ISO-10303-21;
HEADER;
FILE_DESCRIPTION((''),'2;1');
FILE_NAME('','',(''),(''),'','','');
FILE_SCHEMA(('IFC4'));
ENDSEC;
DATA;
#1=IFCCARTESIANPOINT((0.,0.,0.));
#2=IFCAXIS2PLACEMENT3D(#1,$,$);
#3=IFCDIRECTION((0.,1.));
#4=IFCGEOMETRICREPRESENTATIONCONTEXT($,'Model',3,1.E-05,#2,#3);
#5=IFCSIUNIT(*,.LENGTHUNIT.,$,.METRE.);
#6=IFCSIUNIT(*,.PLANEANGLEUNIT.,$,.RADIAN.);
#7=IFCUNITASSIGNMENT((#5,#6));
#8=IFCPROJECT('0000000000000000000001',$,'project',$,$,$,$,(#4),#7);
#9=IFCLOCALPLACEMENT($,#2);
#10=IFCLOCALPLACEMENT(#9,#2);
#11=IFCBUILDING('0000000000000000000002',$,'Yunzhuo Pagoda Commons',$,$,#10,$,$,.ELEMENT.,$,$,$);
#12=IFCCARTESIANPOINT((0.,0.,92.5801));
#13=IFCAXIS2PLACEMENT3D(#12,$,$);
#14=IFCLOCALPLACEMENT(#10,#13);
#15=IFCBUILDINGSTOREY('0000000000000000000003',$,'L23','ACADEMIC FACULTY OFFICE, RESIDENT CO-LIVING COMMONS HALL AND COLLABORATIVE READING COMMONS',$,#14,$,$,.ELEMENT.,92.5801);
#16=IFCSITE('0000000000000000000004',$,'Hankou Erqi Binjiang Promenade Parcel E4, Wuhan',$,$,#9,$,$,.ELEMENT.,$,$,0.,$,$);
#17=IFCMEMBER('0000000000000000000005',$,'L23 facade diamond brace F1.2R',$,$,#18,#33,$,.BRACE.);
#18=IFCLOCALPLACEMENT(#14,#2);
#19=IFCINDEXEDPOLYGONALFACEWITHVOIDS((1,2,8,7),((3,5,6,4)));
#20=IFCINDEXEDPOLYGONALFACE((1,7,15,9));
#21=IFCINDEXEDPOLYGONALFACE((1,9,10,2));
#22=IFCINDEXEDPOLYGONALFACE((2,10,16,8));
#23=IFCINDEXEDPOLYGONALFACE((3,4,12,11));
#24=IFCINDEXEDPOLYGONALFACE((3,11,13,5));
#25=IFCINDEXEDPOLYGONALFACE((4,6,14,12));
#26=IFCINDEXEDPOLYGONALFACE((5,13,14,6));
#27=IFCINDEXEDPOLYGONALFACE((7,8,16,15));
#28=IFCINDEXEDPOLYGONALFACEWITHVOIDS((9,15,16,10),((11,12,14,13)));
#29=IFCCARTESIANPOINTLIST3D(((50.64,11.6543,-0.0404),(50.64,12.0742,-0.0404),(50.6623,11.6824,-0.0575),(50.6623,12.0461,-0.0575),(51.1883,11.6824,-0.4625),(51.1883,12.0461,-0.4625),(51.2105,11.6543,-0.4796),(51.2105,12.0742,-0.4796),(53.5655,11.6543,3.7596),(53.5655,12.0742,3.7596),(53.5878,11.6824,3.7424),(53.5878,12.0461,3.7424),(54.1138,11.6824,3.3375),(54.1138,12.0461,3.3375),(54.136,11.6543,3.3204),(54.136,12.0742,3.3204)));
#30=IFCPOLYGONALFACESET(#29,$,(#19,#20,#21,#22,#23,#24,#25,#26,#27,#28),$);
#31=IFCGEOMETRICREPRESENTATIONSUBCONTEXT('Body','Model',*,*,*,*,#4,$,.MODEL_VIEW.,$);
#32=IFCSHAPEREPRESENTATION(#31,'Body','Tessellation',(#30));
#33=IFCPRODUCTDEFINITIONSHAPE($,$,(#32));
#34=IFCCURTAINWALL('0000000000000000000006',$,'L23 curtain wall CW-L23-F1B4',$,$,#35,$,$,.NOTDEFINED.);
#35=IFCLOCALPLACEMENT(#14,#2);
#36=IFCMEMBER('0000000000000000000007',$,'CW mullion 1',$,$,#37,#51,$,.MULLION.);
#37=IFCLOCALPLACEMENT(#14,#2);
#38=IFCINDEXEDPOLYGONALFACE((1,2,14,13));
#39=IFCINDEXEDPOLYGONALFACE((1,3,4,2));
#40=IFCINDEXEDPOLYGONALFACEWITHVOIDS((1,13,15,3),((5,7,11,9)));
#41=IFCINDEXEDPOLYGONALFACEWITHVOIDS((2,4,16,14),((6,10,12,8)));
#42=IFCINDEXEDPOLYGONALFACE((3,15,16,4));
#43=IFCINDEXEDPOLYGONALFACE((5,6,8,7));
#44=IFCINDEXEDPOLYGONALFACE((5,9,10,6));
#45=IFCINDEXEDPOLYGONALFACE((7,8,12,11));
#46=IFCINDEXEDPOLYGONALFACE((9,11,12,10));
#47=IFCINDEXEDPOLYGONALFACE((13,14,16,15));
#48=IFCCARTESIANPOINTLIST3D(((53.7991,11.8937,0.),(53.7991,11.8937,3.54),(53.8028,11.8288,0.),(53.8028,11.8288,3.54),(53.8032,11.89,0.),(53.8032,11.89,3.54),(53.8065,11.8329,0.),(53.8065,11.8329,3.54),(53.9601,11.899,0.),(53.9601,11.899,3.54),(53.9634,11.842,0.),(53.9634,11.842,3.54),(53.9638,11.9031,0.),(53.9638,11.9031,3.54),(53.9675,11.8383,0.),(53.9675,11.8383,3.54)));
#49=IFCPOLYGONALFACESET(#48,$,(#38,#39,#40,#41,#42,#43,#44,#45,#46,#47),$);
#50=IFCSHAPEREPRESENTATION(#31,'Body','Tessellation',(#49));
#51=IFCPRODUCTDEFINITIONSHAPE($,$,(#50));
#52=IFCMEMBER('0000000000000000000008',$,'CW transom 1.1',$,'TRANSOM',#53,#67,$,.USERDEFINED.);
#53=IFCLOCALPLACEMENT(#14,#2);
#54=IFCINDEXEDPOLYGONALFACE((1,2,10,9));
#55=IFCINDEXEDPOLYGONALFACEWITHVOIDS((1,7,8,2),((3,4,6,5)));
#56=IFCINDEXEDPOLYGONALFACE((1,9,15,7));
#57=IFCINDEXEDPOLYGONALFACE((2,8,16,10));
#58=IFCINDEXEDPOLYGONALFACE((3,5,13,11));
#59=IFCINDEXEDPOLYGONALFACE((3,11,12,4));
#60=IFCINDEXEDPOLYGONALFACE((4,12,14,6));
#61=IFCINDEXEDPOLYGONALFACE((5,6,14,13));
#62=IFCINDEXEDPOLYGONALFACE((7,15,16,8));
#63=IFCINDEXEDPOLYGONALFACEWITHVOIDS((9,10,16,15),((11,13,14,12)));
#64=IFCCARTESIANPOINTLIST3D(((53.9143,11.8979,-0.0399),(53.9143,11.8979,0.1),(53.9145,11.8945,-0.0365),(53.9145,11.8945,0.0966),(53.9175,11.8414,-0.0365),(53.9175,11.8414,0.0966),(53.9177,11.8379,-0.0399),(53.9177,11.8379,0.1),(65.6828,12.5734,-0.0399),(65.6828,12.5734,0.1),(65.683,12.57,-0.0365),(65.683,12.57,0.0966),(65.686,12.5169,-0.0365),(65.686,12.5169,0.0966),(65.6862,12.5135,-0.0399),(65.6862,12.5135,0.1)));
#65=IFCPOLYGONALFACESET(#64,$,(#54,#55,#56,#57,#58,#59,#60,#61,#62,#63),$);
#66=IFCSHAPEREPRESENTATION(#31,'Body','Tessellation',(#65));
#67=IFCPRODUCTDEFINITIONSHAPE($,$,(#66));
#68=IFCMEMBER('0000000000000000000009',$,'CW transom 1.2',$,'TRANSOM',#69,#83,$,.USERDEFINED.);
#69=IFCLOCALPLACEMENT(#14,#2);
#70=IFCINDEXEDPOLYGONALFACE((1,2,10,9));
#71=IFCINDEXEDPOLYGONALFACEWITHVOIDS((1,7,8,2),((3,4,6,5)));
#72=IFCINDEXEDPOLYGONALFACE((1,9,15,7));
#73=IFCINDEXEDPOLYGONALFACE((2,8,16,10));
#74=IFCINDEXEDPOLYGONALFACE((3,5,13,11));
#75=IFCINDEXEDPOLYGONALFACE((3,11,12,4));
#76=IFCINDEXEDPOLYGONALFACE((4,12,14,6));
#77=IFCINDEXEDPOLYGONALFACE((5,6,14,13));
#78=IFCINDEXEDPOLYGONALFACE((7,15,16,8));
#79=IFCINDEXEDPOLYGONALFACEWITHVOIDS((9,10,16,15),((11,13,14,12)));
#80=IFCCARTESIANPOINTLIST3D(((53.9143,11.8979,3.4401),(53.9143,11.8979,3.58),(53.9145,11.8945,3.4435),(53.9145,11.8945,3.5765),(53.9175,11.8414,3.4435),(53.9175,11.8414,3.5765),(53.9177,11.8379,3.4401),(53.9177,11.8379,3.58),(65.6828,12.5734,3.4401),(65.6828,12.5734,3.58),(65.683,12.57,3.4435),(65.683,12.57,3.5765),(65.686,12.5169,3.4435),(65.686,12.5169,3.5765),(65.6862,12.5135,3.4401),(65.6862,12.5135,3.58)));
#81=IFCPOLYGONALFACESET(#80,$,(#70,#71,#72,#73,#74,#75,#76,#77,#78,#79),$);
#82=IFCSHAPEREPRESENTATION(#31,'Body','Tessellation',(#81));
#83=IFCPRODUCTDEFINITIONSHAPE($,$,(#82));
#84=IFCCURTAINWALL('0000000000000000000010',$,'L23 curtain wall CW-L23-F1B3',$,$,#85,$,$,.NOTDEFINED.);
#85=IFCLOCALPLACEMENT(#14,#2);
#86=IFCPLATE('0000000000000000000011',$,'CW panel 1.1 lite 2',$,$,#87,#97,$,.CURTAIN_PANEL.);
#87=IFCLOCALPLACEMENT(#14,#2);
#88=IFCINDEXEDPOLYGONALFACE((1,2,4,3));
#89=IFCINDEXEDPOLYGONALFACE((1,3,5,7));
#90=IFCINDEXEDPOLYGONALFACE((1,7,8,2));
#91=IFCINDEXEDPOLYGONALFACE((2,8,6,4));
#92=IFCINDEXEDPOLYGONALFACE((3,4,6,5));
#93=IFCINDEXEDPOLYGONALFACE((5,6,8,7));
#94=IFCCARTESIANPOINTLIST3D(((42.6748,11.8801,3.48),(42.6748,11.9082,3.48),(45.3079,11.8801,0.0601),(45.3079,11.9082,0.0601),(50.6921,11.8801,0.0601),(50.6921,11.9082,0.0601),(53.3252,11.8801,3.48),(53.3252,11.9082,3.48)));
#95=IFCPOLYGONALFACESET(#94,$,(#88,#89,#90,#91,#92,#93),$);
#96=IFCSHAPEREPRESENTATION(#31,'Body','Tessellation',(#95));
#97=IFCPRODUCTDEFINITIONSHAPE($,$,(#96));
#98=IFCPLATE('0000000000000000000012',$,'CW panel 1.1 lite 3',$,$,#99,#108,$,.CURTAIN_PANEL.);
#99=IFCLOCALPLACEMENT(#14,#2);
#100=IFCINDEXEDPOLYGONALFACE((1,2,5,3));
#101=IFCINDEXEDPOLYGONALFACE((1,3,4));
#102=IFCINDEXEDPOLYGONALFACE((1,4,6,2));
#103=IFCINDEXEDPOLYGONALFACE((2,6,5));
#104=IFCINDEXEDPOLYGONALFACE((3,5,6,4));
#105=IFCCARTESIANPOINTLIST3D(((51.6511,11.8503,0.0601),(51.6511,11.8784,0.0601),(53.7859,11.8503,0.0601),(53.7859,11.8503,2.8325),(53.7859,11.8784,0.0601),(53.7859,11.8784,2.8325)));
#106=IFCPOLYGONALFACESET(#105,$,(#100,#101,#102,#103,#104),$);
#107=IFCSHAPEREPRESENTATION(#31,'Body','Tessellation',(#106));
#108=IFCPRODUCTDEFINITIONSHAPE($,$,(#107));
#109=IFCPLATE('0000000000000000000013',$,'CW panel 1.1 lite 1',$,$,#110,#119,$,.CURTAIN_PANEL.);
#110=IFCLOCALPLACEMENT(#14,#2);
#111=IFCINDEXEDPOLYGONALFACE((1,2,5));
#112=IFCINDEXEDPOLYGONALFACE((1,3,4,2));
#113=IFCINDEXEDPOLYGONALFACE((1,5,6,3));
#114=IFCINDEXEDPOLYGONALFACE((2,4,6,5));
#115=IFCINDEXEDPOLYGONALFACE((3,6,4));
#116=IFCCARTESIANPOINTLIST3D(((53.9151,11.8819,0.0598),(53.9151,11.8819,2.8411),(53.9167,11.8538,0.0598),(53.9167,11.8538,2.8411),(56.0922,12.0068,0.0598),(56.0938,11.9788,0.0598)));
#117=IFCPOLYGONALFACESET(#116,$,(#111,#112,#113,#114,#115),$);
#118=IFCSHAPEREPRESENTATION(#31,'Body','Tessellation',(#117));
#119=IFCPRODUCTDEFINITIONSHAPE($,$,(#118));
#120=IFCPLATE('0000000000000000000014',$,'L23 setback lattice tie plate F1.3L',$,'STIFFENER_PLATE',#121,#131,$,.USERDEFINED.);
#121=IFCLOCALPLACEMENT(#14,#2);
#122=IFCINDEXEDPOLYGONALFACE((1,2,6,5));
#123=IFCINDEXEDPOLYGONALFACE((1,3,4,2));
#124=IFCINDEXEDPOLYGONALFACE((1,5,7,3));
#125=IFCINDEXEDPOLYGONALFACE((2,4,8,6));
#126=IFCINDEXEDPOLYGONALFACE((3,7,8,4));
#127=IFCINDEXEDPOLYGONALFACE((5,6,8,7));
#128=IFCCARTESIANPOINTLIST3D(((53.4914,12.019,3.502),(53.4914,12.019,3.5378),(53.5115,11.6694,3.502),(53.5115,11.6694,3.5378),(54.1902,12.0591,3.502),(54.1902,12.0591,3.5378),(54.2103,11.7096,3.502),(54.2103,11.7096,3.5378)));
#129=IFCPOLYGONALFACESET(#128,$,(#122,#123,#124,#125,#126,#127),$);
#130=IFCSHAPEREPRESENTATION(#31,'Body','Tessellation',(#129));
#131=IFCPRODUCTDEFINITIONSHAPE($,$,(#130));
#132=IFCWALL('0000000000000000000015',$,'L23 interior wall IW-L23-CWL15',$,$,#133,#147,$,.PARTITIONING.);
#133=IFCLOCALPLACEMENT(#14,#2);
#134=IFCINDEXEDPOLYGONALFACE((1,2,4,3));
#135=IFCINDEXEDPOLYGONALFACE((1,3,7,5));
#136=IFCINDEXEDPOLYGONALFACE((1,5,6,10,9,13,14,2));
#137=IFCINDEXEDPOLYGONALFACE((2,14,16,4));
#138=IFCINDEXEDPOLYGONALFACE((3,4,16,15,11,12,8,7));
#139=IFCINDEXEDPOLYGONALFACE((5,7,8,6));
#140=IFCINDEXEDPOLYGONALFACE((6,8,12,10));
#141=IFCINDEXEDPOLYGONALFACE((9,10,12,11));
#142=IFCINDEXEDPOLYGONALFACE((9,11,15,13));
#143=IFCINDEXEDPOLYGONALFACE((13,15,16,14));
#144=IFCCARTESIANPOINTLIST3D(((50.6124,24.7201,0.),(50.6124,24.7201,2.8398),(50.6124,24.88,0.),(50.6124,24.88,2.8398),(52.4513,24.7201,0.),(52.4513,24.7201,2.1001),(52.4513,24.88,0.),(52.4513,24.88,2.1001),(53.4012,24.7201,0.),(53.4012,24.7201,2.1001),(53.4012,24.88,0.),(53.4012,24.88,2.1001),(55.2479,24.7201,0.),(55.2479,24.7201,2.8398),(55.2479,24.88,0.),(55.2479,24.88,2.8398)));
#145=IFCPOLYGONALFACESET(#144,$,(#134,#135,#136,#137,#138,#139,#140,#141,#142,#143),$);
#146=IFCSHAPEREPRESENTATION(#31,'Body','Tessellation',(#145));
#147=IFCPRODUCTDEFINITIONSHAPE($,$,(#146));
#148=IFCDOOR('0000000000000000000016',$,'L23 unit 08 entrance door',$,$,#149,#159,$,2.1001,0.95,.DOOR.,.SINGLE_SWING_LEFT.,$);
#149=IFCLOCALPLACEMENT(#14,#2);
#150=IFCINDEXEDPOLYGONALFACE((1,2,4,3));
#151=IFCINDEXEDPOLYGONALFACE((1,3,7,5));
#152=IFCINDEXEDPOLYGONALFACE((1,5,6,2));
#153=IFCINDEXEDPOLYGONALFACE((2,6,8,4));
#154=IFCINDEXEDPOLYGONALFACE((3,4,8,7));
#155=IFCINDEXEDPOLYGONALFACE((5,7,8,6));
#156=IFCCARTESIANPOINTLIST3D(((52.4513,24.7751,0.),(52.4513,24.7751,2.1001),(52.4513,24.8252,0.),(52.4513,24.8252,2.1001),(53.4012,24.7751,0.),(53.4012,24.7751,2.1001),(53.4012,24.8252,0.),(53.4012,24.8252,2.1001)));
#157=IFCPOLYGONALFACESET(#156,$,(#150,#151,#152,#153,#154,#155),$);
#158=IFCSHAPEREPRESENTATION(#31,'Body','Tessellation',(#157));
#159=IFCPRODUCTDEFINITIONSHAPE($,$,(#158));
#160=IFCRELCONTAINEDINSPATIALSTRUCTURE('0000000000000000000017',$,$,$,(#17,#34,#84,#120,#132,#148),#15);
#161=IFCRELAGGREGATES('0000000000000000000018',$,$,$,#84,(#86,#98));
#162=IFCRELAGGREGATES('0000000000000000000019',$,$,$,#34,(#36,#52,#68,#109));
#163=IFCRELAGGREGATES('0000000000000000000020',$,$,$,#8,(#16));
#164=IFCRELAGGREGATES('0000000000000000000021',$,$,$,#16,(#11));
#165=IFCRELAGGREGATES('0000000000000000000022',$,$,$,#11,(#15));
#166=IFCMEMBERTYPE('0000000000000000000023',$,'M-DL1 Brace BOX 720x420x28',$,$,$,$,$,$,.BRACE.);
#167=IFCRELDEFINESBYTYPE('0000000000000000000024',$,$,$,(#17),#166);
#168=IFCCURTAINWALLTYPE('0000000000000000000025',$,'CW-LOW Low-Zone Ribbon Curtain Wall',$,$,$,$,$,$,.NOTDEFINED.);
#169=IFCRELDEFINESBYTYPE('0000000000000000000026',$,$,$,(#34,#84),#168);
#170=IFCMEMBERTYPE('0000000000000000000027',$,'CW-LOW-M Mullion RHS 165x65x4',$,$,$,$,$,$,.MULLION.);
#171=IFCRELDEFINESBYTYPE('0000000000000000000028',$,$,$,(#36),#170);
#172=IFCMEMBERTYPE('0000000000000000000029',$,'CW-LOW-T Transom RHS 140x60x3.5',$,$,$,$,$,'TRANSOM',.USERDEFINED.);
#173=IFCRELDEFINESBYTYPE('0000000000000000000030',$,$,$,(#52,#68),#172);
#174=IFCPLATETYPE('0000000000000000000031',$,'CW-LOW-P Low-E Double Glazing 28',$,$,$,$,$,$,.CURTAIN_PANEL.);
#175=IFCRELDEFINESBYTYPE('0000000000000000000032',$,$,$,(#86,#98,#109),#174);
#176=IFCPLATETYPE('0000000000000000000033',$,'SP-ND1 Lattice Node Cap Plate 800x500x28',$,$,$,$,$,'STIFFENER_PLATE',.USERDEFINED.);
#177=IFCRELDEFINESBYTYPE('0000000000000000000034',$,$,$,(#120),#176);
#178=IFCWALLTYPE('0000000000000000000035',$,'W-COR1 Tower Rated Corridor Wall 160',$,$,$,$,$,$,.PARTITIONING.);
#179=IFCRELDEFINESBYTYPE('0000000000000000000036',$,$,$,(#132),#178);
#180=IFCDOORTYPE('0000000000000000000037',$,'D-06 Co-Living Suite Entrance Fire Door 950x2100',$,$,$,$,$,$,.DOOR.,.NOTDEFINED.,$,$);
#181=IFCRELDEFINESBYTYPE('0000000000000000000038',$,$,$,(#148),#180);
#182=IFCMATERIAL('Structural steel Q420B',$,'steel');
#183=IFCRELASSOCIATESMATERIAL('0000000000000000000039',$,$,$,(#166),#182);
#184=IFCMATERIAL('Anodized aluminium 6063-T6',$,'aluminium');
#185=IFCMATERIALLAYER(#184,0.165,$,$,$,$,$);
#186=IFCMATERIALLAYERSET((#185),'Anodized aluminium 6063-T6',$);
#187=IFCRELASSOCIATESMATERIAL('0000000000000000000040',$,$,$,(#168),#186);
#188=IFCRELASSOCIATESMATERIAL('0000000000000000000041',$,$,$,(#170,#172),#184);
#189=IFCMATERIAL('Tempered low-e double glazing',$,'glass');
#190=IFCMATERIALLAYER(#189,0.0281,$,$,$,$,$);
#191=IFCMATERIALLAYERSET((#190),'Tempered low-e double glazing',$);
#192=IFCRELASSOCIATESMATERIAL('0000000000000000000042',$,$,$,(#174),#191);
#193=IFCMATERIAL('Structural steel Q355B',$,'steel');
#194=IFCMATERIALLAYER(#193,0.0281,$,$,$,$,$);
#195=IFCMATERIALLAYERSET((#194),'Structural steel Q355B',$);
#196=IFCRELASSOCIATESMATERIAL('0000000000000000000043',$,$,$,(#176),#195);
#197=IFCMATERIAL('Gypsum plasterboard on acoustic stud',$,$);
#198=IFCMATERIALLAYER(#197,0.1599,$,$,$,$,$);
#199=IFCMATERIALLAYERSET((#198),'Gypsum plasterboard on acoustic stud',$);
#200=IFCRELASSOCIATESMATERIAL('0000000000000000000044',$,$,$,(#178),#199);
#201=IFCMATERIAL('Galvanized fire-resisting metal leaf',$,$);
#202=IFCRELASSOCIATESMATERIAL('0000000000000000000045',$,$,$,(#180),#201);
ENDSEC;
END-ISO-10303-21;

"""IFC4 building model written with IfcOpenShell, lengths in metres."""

from ifc_helpers import new_model, si_unit, direction, frame, frame_2d, origin, origin_with_axes, origin_2d, place, context, subcontext, project, spatial, polyline, rectangle, hollow_rectangle, outline, extrude, source, transform, mapped, material, layer, layer_set, material_profile, profile_set, type_object, element, fill, aggregate, save


model = new_model("IFC4")

# Units and contexts
model_context = context("Model", 3, precision=1e-05, world=origin(), true_north=direction((0.0, 1.0)))
body_context = subcontext(model_context, "Body", "Model", "MODEL_VIEW")
ifc_project = project(units=[si_unit("LENGTHUNIT", "METRE"), si_unit("PLANEANGLEUNIT", "RADIAN")], contexts=[model_context])

# Site, building, storey
site_placement = place(None, origin())
site = spatial("IfcSite", under=ifc_project, at=site_placement, Name="Hankou Erqi Binjiang Promenade Parcel E4, Wuhan", CompositionType="ELEMENT", RefElevation=0.0)
building_placement = place(site_placement, origin())
building = spatial("IfcBuilding", under=site, at=building_placement, Name="Yunzhuo Pagoda Commons", CompositionType="ELEMENT")
storey_placement = place(building_placement, frame((0.0, 0.0, 92.5801)))
storey = spatial("IfcBuildingStorey", under=building, at=storey_placement, Name="L23", Description="ACADEMIC FACULTY OFFICE, RESIDENT CO-LIVING COMMONS HALL AND COLLABORATIVE READING COMMONS", CompositionType="ELEMENT", Elevation=92.5801)

# Shared definitions
ifc_material_1 = material(Name="Structural steel Q420B", Category="steel")

# Shared definitions
ifc_material_2 = material(Name="Structural steel Q355B", Category="steel")

# Member
ifc_material_profile_1 = material_profile(ifc_material_1, hollow_rectangle(XDim=0.4199, YDim=0.72, WallThickness=0.0281, at=origin_2d()), Name="Structural steel Q420B")
ifc_profile_set_1 = profile_set([ifc_material_profile_1], Name="Structural steel Q420B")
member_type_1 = type_object("IfcMemberType", Name="M-DL1 Brace BOX 720x420x28", PredefinedType="BRACE", material=ifc_profile_set_1)
shared_shape_1 = source(origin(), body_context, "Body", "SweptSolid", [
    extrude(hollow_rectangle(XDim=0.4199, YDim=0.72, WallThickness=0.0281, at=origin_2d()), origin(), (0.0, 0.0, 1.0), 4.7957),
])
member_1_placement = place(storey_placement, frame((50.9253, 11.8643, -0.26), z_axis=(0.610028, 0.0, 0.79238), x_axis=(0.0, 1.0, 0.0)))
element("IfcMember", 1, at=member_1_placement, inside=storey, type_object=member_type_1, Name="L23 facade diamond brace F1.2R", PredefinedType="BRACE", context=body_context, shape_type="MappedRepresentation", body=[
    mapped(shared_shape_1, transform((0.0, 0.0, 0.0), scale=1.0)),
])

# Curtain wall, members
ifc_material_3 = material(Name="Anodized aluminium 6063-T6", Category="aluminium")
ifc_layer_1 = layer(ifc_material_3, 0.165)
ifc_layer_set_1 = layer_set([ifc_layer_1], Name="Anodized aluminium 6063-T6")
curtain_wall_type = type_object("IfcCurtainWallType", Name="CW-LOW Low-Zone Ribbon Curtain Wall", PredefinedType="NOTDEFINED", material=ifc_layer_set_1)
curtain_wall_1_placement = place(storey_placement, origin())
curtain_wall_1 = element("IfcCurtainWall", 2, at=curtain_wall_1_placement, inside=storey, type_object=curtain_wall_type, Name="L23 curtain wall CW-L23-F1B4", PredefinedType="NOTDEFINED")
ifc_material_profile_2 = material_profile(ifc_material_3, hollow_rectangle(XDim=0.0649, YDim=0.165, WallThickness=0.0039, at=origin_2d()), Name="Anodized aluminium 6063-T6")
ifc_profile_set_2 = profile_set([ifc_material_profile_2], Name="Anodized aluminium 6063-T6")
member_type_2 = type_object("IfcMemberType", Name="CW-LOW-M Mullion RHS 165x65x4", PredefinedType="MULLION", material=ifc_profile_set_2)
shared_shape_2 = source(origin(), body_context, "Body", "SweptSolid", [
    extrude(hollow_rectangle(XDim=0.0649, YDim=0.165, WallThickness=0.0039, at=origin_2d()), origin(), (0.0, 0.0, 1.0), 3.54),
])
member_2_placement = place(storey_placement, frame((53.8833, 11.866, 0.0), z_axis=(0.0, 0.0, 1.0), x_axis=(-0.057299, 0.998357, 0.0)))
member_2 = element("IfcMember", 3, at=member_2_placement, type_object=member_type_2, Name="CW mullion 1", PredefinedType="MULLION", context=body_context, shape_type="MappedRepresentation", body=[
    mapped(shared_shape_2, transform((0.0, 0.0, 0.0), scale=1.0)),
])
ifc_material_profile_3 = material_profile(ifc_material_3, hollow_rectangle(XDim=0.0601, YDim=0.1399, WallThickness=0.0034, at=origin_2d()), Name="Anodized aluminium 6063-T6")
ifc_profile_set_3 = profile_set([ifc_material_profile_3], Name="Anodized aluminium 6063-T6")
member_type_3 = type_object("IfcMemberType", Name="CW-LOW-T Transom RHS 140x60x3.5", ElementType="TRANSOM", PredefinedType="USERDEFINED", material=ifc_profile_set_3)
shared_shape_3 = source(origin(), body_context, "Body", "SweptSolid", [
    extrude(hollow_rectangle(XDim=0.0601, YDim=0.1399, WallThickness=0.0034, at=origin_2d()), origin(), (0.0, 0.0, 1.0), 11.7878),
])
member_3_placement = place(storey_placement, frame((53.916, 11.8679, 0.03), z_axis=(0.998357, 0.057308, 0.0), x_axis=(-0.057308, 0.998357, 0.0)))
member_3 = element("IfcMember", 4, at=member_3_placement, type_object=member_type_3, Name="CW transom 1.1", ObjectType="TRANSOM", PredefinedType="USERDEFINED", context=body_context, shape_type="MappedRepresentation", body=[
    mapped(shared_shape_3, transform((0.0, 0.0, 0.0), scale=1.0)),
])
member_4_placement = place(storey_placement, frame((53.916, 11.8679, 3.51), z_axis=(0.998357, 0.057308, 0.0), x_axis=(-0.057308, 0.998357, 0.0)))
member_4 = element("IfcMember", 5, at=member_4_placement, type_object=member_type_3, Name="CW transom 1.2", ObjectType="TRANSOM", PredefinedType="USERDEFINED", context=body_context, shape_type="MappedRepresentation", body=[
    mapped(shared_shape_3, transform((0.0, 0.0, 0.0), scale=1.0)),
])

# Curtain wall, plates
curtain_wall_2_placement = place(storey_placement, origin())
curtain_wall_2 = element("IfcCurtainWall", 6, at=curtain_wall_2_placement, inside=storey, type_object=curtain_wall_type, Name="L23 curtain wall CW-L23-F1B3", PredefinedType="NOTDEFINED")
ifc_material_4 = material(Name="Tempered low-e double glazing", Category="glass")
ifc_layer_2 = layer(ifc_material_4, 0.0281)
ifc_layer_set_2 = layer_set([ifc_layer_2], Name="Tempered low-e double glazing")
plate_type_1 = type_object("IfcPlateType", Name="CW-LOW-P Low-E Double Glazing 28", PredefinedType="CURTAIN_PANEL", material=ifc_layer_set_2)
plate_1_placement = place(storey_placement, frame((48.0, 11.9082, 1.77), z_axis=(0.0, -1.0, 0.0), x_axis=(1.0, 0.0, 0.0)))
plate_1 = element("IfcPlate", 7, at=plate_1_placement, type_object=plate_type_1, Name="CW panel 1.1 lite 2", PredefinedType="CURTAIN_PANEL", context=body_context, shape_type="SweptSolid", body=[
    extrude(outline(polyline([(-5.3252, 1.71), (-2.6921, -1.71), (2.6921, -1.71), (5.3252, 1.71), (-5.3252, 1.71)])), origin(), (0.0, 0.0, 1.0), 0.0281),
])
plate_2_placement = place(storey_placement, frame((52.7185, 11.8784, 1.4463), z_axis=(0.0, -1.0, 0.0), x_axis=(1.0, 0.0, 0.0)))
plate_2 = element("IfcPlate", 8, at=plate_2_placement, type_object=plate_type_1, Name="CW panel 1.1 lite 3", PredefinedType="CURTAIN_PANEL", context=body_context, shape_type="SweptSolid", body=[
    extrude(outline(polyline([(-1.0674, -1.3862), (1.0674, -1.3862), (1.0674, 1.3862), (-1.0674, -1.3862)])), origin(), (0.0, 0.0, 1.0), 0.0281),
])
aggregate(curtain_wall_2, [plate_1, plate_2])

# Plates
plate_3_placement = place(storey_placement, frame((55.0037, 11.9443, 1.4504), z_axis=(0.057299, -0.998357, 0.0), x_axis=(0.998357, 0.057299, 0.0)))
plate_3 = element("IfcPlate", 9, at=plate_3_placement, type_object=plate_type_1, Name="CW panel 1.1 lite 1", PredefinedType="CURTAIN_PANEL", context=body_context, shape_type="SweptSolid", body=[
    extrude(outline(polyline([(-1.0903, -1.3906), (1.0903, -1.3906), (-1.0903, 1.3906), (-1.0903, -1.3906)])), origin(), (0.0, 0.0, 1.0), 0.0281),
])
aggregate(curtain_wall_1, [member_2, member_3, member_4, plate_3])
ifc_layer_3 = layer(ifc_material_2, 0.0281)
ifc_layer_set_3 = layer_set([ifc_layer_3], Name="Structural steel Q355B")
plate_type_2 = type_object("IfcPlateType", Name="SP-ND1 Lattice Node Cap Plate 800x500x28", ElementType="STIFFENER_PLATE", PredefinedType="USERDEFINED", material=ifc_layer_set_3)
shared_shape_4 = source(origin(), body_context, "Body", "SweptSolid", [
    extrude(rectangle(XDim=0.7, YDim=0.3501, at=origin_2d()), origin(), (0.0, 0.0, 1.0), 0.0359),
])
plate_4_placement = place(storey_placement, frame((53.8508, 11.8643, 3.502), z_axis=(0.0, 0.0, 1.0), x_axis=(0.998357, 0.057303, 0.0)))
element("IfcPlate", 10, at=plate_4_placement, inside=storey, type_object=plate_type_2, Name="L23 setback lattice tie plate F1.3L", ObjectType="STIFFENER_PLATE", PredefinedType="USERDEFINED", context=body_context, shape_type="MappedRepresentation", body=[
    mapped(shared_shape_4, transform((0.0, 0.0, 0.0), scale=1.0)),
])

# Wall, opening, door
ifc_material_5 = material(Name="Gypsum plasterboard on acoustic stud")
ifc_layer_4 = layer(ifc_material_5, 0.1599)
ifc_layer_set_4 = layer_set([ifc_layer_4], Name="Gypsum plasterboard on acoustic stud")
wall_type_1 = type_object("IfcWallType", Name="W-COR1 Tower Rated Corridor Wall 160", PredefinedType="PARTITIONING", material=ifc_layer_set_4)
wall_1_placement = place(storey_placement, frame((55.248, 24.8, 0.0), z_axis=(0.0, 0.0, 1.0), x_axis=(-1.0, 0.0, 0.0)))
wall_1 = element("IfcWall", 11, at=wall_1_placement, inside=storey, type_object=wall_type_1, Name="L23 interior wall IW-L23-CWL15", PredefinedType="PARTITIONING", context=body_context, shape_type="SweptSolid", body=[
    extrude(rectangle(XDim=4.6355, YDim=0.1599, at=frame_2d((2.3179, 0.0))), origin(), (0.0, 0.0, 1.0), 2.8398),
])
opening_1_placement = place(wall_1_placement, frame((1.8467, 0.0, 0.0)))
opening_1 = element("IfcOpeningElement", 12, at=opening_1_placement, cuts=wall_1, PredefinedType="OPENING", context=body_context, shape_type="SweptSolid", body=[
    extrude(rectangle(XDim=0.95, YDim=2.1001, at=frame_2d((0.4751, 1.05))), frame((0.0, 0.0898, 0.0), z_axis=(0.0, -1.0, 0.0), x_axis=(1.0, 0.0, 0.0)), (0.0, 0.0, 1.0), 0.1799),
])
ifc_material_6 = material(Name="Galvanized fire-resisting metal leaf")
door_type_1 = type_object("IfcDoorType", Name="D-06 Co-Living Suite Entrance Fire Door 950x2100", OperationType="NOTDEFINED", PredefinedType="DOOR", material=ifc_material_6)
shared_shape_5 = source(origin(), body_context, "Body", "SweptSolid", [
    extrude(rectangle(XDim=0.95, YDim=2.1001, at=frame_2d((0.4751, 1.05))), frame((0.0, 0.0249, 0.0), z_axis=(0.0, -1.0, 0.0), x_axis=(1.0, 0.0, 0.0)), (0.0, 0.0, 1.0), 0.05),
])
door_1_placement = place(opening_1_placement, origin_with_axes())
door_1 = element("IfcDoor", 13, at=door_1_placement, inside=storey, type_object=door_type_1, Name="L23 unit 08 entrance door", OperationType="SINGLE_SWING_LEFT", OverallHeight=2.1001, OverallWidth=0.95, PredefinedType="DOOR", context=body_context, shape_type="MappedRepresentation", body=[
    mapped(shared_shape_5, transform((0.0, 0.0, 0.0), scale=1.0)),
])
fill(opening_1, door_1)

save(model, "model.ifc")
